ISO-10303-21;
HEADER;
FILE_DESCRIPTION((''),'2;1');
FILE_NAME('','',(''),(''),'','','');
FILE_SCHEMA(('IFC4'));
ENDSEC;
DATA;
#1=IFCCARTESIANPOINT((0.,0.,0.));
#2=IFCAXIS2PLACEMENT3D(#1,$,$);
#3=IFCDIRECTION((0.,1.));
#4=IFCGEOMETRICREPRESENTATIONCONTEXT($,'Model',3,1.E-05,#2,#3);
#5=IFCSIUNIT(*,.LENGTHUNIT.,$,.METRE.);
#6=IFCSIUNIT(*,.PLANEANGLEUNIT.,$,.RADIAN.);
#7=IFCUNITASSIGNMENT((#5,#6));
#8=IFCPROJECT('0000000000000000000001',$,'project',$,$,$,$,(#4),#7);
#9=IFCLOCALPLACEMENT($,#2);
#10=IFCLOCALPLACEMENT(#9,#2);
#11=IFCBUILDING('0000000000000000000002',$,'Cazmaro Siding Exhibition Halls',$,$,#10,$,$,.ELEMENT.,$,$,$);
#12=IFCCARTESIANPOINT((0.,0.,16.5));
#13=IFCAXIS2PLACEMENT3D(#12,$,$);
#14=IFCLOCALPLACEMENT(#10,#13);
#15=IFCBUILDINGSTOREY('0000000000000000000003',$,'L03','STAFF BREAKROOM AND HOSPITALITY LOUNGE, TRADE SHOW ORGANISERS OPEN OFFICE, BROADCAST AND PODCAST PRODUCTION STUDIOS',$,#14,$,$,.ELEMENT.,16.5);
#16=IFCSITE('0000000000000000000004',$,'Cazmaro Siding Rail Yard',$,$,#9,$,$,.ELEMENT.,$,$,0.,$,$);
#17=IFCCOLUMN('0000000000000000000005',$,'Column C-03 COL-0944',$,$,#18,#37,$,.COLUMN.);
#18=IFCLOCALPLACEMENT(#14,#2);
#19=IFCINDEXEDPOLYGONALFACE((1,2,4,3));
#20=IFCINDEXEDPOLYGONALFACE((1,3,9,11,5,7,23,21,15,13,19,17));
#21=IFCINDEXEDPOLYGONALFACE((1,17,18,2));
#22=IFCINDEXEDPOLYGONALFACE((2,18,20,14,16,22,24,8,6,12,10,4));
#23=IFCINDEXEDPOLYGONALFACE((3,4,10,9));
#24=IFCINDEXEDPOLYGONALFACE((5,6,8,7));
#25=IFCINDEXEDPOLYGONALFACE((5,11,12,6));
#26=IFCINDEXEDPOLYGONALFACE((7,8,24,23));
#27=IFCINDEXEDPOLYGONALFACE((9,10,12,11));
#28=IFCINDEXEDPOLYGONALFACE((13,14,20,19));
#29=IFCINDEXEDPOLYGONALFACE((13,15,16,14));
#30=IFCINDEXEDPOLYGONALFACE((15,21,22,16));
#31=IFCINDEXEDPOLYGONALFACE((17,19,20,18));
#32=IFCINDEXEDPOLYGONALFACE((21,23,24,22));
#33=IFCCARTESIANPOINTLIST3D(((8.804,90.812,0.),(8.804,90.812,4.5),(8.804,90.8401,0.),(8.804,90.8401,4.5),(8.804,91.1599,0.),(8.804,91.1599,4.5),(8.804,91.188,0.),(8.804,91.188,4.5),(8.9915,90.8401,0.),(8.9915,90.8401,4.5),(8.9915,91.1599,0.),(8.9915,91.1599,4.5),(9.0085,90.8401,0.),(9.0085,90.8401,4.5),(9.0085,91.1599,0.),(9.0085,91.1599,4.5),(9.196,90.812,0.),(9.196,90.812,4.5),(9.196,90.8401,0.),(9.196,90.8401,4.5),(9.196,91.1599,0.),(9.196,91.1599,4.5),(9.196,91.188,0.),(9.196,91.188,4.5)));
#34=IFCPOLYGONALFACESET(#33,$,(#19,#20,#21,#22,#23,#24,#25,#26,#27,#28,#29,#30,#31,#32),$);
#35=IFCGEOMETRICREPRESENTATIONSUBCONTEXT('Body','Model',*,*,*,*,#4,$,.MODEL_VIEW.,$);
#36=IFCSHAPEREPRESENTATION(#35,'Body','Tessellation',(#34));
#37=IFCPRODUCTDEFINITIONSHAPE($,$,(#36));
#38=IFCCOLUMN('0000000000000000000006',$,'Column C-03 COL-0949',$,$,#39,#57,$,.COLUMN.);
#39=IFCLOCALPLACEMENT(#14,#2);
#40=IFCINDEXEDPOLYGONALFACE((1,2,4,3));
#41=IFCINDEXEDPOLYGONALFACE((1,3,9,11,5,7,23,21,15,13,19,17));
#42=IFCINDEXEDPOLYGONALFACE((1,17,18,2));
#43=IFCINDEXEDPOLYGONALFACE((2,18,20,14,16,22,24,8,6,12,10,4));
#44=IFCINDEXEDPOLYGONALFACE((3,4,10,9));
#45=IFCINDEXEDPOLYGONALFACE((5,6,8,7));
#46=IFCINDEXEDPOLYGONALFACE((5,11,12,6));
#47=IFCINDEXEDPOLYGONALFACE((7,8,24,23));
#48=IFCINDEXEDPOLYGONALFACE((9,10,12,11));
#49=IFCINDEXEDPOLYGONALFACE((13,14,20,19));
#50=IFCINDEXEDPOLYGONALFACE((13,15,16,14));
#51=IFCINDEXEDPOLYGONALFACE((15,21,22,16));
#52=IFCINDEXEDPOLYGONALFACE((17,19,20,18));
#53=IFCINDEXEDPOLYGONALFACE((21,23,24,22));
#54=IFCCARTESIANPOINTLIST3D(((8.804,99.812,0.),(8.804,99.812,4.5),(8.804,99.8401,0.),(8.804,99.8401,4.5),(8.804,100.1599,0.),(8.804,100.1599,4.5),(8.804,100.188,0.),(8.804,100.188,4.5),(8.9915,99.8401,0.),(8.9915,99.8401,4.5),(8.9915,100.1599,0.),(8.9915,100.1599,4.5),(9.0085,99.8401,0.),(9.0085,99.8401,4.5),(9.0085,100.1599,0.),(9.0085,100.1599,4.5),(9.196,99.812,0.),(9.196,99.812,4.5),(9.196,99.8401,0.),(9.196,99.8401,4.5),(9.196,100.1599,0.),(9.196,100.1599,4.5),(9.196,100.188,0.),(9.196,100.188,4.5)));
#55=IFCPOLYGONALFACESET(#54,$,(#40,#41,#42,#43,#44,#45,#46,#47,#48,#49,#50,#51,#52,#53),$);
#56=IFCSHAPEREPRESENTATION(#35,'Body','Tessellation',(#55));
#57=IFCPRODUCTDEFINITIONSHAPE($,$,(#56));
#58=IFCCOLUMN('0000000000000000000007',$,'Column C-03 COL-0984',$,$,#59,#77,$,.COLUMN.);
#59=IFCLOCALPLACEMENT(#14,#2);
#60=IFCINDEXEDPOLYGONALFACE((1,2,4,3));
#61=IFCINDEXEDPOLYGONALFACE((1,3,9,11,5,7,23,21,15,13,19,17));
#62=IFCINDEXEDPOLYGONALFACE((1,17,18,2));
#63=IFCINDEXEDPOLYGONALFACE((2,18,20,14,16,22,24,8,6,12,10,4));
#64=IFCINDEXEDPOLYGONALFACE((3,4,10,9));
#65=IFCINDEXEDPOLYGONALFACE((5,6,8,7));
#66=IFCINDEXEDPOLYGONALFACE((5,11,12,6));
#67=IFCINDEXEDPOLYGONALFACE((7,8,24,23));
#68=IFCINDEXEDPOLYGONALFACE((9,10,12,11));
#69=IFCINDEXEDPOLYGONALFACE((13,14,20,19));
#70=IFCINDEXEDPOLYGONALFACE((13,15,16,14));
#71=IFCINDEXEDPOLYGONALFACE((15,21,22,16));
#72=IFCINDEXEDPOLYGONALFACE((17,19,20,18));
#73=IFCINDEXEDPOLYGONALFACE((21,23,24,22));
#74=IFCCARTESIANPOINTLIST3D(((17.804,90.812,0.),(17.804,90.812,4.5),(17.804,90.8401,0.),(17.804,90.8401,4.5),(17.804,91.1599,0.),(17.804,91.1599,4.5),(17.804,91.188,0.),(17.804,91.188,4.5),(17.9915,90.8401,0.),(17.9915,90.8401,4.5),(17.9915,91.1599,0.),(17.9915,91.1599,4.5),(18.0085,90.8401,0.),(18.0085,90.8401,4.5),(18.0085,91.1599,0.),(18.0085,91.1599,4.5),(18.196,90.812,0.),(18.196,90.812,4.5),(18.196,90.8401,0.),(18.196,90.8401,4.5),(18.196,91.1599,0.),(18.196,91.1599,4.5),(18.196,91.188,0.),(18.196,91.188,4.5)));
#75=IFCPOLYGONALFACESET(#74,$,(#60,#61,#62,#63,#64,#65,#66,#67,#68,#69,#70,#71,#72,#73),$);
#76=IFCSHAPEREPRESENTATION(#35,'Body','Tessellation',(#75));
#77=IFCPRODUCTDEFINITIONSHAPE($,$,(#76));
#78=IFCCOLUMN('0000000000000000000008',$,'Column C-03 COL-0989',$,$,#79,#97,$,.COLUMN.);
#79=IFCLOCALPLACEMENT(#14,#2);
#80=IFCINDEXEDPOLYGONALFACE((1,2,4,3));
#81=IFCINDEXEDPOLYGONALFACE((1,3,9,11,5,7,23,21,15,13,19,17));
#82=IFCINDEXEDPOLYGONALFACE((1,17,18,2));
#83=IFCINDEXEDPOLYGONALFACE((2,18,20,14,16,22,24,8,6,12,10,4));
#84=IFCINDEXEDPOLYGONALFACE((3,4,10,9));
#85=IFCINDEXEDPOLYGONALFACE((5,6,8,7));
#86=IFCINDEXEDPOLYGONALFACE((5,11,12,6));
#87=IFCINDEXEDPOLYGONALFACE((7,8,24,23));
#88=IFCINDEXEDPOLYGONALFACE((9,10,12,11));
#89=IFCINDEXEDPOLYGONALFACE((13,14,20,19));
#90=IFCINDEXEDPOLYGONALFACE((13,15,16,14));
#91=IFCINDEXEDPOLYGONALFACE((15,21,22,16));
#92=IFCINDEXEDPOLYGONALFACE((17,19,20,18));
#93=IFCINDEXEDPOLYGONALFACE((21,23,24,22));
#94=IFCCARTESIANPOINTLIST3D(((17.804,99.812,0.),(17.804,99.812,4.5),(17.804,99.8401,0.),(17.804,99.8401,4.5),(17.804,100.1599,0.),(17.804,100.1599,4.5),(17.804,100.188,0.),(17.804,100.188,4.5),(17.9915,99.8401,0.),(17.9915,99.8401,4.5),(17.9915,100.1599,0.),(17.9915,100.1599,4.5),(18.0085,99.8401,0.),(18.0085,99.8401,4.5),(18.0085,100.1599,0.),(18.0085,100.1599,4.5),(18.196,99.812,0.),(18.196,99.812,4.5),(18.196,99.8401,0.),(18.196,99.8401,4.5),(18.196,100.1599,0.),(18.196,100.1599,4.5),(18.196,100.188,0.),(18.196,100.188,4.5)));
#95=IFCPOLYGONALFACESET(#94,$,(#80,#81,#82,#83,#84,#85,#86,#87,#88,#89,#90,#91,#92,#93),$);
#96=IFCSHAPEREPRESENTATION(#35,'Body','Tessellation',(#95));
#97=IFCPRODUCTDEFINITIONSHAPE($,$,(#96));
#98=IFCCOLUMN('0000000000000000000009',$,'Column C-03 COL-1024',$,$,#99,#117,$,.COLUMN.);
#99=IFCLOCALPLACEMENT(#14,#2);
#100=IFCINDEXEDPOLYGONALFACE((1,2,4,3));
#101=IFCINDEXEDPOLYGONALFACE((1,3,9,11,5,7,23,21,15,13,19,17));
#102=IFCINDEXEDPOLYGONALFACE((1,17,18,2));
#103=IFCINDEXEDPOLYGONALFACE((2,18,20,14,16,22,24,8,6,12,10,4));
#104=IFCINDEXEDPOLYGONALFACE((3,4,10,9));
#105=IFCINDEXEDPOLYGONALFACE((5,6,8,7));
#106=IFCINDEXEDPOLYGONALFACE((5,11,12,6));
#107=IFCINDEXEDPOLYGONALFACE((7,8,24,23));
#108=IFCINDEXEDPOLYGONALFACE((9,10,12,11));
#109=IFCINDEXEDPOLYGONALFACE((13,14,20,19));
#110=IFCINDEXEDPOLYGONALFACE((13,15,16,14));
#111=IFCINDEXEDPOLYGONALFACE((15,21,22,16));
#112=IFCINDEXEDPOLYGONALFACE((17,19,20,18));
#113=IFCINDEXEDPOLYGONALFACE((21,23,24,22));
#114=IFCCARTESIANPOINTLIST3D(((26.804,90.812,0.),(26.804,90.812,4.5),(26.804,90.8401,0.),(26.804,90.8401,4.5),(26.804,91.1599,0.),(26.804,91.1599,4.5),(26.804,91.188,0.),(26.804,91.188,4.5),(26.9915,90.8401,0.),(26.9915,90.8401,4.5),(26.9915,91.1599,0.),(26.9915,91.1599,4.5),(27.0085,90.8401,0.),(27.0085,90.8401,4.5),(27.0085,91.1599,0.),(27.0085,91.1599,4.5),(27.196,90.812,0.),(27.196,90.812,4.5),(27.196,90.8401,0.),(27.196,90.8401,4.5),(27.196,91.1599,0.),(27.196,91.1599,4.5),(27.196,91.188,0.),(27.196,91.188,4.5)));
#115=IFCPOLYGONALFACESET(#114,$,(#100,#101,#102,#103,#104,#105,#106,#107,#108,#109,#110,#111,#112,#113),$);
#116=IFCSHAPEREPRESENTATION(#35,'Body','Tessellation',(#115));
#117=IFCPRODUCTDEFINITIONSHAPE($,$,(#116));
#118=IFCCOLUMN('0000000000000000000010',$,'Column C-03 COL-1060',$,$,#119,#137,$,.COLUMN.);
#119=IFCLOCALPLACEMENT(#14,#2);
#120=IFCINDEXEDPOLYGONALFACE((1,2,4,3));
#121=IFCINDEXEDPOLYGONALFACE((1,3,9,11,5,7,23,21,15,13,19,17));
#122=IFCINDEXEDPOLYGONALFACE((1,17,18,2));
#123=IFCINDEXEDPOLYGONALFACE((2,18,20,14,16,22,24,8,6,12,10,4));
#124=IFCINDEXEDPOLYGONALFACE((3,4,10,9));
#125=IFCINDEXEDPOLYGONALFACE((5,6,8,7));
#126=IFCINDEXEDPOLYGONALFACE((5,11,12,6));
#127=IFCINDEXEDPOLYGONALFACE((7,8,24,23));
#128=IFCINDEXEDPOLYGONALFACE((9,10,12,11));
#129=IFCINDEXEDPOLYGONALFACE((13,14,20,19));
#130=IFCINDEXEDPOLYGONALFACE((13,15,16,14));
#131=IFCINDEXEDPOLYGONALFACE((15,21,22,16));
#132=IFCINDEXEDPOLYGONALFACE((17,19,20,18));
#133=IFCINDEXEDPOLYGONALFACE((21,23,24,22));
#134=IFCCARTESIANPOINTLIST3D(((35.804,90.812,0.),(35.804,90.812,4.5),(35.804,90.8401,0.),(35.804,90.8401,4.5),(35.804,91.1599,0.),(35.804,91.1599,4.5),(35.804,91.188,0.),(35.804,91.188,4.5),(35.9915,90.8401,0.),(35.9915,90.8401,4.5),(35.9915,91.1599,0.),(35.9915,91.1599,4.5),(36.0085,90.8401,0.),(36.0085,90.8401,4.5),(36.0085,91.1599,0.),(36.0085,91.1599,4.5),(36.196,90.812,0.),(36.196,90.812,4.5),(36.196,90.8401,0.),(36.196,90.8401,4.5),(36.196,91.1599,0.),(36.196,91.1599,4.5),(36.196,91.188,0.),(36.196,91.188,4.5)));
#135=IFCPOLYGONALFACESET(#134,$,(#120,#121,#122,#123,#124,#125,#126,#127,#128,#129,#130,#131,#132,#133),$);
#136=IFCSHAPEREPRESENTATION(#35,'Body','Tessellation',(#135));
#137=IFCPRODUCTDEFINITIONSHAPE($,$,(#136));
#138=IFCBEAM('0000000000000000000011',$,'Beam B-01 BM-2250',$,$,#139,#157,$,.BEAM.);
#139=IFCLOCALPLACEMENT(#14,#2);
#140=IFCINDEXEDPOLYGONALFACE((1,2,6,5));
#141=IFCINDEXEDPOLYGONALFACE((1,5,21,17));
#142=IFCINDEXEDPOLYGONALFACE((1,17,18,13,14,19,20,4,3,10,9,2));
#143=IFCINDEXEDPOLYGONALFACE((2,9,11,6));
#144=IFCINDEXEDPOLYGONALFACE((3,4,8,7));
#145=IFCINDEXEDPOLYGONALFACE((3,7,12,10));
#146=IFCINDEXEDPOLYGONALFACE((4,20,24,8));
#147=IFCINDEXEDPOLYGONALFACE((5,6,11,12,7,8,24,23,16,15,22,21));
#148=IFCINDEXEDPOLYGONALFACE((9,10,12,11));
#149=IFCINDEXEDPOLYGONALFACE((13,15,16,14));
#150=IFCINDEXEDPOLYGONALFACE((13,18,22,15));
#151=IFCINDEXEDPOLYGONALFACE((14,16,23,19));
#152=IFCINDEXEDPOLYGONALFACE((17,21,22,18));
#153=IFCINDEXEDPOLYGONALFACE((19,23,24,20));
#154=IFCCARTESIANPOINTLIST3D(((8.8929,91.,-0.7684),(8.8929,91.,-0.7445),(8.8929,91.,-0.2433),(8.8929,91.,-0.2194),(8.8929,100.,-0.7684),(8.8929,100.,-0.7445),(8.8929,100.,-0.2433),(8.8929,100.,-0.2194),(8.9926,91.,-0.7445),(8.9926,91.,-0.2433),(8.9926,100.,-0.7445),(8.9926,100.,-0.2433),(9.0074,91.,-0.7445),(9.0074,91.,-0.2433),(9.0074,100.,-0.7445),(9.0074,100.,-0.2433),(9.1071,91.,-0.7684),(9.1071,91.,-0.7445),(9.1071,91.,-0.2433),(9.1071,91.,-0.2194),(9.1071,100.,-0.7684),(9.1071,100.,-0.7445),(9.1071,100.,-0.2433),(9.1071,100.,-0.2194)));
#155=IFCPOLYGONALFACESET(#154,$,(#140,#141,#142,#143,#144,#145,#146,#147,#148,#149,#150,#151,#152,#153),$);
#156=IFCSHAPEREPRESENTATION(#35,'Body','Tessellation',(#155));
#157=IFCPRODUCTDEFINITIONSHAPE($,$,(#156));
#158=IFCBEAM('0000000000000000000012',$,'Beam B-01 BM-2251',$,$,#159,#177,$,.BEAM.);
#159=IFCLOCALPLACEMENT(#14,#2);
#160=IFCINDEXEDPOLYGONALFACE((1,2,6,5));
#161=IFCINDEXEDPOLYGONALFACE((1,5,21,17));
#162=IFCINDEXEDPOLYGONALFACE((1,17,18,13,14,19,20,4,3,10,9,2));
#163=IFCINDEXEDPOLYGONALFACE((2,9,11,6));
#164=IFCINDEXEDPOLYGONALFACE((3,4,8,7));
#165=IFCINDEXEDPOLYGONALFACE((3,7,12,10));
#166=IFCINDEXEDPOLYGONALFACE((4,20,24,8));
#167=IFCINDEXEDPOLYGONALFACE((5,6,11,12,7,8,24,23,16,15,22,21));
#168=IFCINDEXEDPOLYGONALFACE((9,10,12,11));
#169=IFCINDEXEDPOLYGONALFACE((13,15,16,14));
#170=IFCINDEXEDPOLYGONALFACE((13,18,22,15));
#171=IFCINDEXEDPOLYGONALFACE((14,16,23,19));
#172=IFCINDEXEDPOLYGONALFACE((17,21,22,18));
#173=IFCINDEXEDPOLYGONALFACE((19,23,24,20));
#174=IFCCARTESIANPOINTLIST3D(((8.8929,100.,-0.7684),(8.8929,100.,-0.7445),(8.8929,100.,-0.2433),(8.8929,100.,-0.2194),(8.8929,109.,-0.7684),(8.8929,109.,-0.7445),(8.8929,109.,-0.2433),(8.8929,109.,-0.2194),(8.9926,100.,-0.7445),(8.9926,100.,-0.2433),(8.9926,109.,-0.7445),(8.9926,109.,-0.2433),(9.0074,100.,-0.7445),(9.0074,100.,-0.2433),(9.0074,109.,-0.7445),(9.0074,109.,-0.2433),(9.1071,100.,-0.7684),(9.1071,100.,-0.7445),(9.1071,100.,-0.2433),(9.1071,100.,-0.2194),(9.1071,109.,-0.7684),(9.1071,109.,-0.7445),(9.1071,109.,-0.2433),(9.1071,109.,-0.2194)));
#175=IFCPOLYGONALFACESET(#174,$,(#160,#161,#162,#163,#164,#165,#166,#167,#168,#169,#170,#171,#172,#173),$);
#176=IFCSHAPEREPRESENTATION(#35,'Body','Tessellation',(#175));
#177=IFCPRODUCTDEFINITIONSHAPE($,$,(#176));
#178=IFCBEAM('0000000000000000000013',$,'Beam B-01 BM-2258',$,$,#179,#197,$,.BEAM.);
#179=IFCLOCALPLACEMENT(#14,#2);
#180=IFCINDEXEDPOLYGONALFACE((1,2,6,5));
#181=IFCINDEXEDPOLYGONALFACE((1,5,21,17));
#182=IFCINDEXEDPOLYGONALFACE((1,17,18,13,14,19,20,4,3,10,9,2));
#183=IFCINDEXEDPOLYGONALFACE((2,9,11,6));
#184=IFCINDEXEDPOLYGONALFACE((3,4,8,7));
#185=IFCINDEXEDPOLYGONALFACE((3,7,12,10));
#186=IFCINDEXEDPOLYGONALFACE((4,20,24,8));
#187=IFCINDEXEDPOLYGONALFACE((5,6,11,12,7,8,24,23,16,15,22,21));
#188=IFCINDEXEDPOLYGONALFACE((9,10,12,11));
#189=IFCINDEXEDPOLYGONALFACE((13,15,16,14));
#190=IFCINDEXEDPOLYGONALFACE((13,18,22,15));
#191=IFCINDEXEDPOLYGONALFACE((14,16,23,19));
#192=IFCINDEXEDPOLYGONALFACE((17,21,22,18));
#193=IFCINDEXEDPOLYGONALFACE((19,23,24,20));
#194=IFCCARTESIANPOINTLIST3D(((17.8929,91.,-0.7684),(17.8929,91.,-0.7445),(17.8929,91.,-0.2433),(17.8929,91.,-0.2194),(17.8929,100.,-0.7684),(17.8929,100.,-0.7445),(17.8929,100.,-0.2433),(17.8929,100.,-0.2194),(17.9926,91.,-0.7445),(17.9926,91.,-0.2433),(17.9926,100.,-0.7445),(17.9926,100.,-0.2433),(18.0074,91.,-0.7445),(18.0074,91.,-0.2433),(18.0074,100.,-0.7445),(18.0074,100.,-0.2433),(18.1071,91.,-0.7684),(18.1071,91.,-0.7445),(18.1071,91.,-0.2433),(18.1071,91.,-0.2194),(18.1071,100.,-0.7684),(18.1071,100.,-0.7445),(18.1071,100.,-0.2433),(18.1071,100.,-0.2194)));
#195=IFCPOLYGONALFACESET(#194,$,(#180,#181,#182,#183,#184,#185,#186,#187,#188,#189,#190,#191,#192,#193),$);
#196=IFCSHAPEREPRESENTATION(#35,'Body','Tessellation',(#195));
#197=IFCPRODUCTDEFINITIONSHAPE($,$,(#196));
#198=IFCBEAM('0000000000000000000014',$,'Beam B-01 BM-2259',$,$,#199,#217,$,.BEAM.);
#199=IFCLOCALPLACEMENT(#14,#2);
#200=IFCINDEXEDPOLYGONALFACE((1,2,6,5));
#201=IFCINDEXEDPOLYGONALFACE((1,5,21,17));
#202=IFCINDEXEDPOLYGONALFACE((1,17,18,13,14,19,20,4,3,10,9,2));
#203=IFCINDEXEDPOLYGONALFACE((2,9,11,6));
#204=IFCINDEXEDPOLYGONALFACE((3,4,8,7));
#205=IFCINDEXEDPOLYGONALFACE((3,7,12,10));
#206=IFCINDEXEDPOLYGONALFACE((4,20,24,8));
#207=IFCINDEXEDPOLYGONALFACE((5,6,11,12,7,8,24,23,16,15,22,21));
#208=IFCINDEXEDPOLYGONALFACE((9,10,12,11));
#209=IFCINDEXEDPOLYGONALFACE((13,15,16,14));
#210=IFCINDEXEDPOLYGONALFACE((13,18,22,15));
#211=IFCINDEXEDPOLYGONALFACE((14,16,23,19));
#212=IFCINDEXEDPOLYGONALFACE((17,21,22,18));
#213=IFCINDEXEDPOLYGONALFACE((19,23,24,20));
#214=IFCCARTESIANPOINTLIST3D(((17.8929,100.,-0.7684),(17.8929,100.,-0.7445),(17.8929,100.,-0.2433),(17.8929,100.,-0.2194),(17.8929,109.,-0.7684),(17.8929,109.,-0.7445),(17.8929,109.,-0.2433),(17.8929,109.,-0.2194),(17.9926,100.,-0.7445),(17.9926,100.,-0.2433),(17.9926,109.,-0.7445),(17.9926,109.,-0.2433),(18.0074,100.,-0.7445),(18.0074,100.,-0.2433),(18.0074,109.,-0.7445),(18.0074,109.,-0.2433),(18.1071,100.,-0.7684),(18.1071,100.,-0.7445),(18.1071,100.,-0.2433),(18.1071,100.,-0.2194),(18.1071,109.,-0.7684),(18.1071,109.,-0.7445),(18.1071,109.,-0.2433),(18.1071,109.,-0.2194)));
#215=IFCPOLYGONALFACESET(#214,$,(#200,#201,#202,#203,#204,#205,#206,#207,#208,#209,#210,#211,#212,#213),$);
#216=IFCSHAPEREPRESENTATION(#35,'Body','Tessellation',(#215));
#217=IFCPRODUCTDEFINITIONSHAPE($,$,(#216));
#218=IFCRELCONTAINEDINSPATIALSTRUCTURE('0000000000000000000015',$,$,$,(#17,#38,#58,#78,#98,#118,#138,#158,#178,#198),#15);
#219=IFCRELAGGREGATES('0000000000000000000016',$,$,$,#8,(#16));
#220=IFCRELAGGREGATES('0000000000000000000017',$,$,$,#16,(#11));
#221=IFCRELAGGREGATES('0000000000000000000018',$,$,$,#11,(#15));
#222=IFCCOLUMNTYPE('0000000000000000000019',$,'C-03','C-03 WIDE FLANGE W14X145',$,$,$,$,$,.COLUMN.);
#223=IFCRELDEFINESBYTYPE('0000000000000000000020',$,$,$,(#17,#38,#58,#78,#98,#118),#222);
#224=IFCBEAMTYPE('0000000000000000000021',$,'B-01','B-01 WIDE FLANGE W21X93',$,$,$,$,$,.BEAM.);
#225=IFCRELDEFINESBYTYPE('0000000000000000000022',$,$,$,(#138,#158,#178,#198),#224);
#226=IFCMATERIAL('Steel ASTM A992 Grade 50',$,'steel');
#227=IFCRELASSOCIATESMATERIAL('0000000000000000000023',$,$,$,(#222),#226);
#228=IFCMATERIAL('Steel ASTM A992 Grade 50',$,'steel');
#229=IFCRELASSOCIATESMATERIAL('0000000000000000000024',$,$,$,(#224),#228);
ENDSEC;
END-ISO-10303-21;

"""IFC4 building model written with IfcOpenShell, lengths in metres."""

from ifc_helpers import new_model, si_unit, direction, frame, origin, origin_2d, place, context, subcontext, project, spatial, i_section, extrude, material, material_profile, profile_set, type_object, element, save


model = new_model("IFC4")

# Units and contexts
model_context = context("Model", 3, precision=1e-05, world=origin(), true_north=direction((0.0, 1.0)))
body_context = subcontext(model_context, "Body", "Model", "MODEL_VIEW")
ifc_project = project(units=[si_unit("LENGTHUNIT", "METRE"), si_unit("PLANEANGLEUNIT", "RADIAN")], contexts=[model_context])

# Site, building, storey
site_placement = place(None, origin())
site = spatial("IfcSite", under=ifc_project, at=site_placement, Name="Cazmaro Siding Rail Yard", CompositionType="ELEMENT", RefElevation=0.0)
building_placement = place(site_placement, origin())
building = spatial("IfcBuilding", under=site, at=building_placement, Name="Cazmaro Siding Exhibition Halls", CompositionType="ELEMENT")
storey_placement = place(building_placement, frame((0.0, 0.0, 16.5)))
storey = spatial("IfcBuildingStorey", under=building, at=storey_placement, Name="L03", Description="STAFF BREAKROOM AND HOSPITALITY LOUNGE, TRADE SHOW ORGANISERS OPEN OFFICE, BROADCAST AND PODCAST PRODUCTION STUDIOS", CompositionType="ELEMENT", Elevation=16.5)

# Columns
ifc_material_1 = material(Name="Steel ASTM A992 Grade 50", Category="steel")
ifc_material_profile_1 = material_profile(ifc_material_1, i_section(OverallWidth=0.3921, OverallDepth=0.376, WebThickness=0.0171, FlangeThickness=0.0281, at=origin_2d()), Name="W14X145")
ifc_profile_set_1 = profile_set([ifc_material_profile_1], Name="Steel ASTM A992 Grade 50")
column_type = type_object("IfcColumnType", Name="C-03", Description="C-03 WIDE FLANGE W14X145", PredefinedType="COLUMN", material=ifc_profile_set_1)
for number, where, z_axis, x_axis, name in (
    (1, (9.0, 91.0, 0.0), (0.0, 0.0, 1.0), (1.0, 0.0, 0.0), "Column C-03 COL-0944"),
    (2, (9.0, 100.0, 0.0), (0.0, 0.0, 1.0), (1.0, 0.0, 0.0), "Column C-03 COL-0949"),
    (3, (18.0, 91.0, 0.0), (0.0, 0.0, 1.0), (1.0, 0.0, 0.0), "Column C-03 COL-0984"),
    (4, (18.0, 100.0, 0.0), (0.0, 0.0, 1.0), (1.0, 0.0, 0.0), "Column C-03 COL-0989"),
    (5, (27.0, 91.0, 0.0), (0.0, 0.0, 1.0), (1.0, 0.0, 0.0), "Column C-03 COL-1024"),
    (6, (36.0, 91.0, 0.0), (0.0, 0.0, 1.0), (1.0, 0.0, 0.0), "Column C-03 COL-1060"),
):
    element("IfcColumn", number, at=place(storey_placement, frame(where, z_axis=z_axis, x_axis=x_axis)), inside=storey, type_object=column_type, Name=name, PredefinedType="COLUMN", context=body_context, shape_type="SweptSolid", body=[
        extrude(i_section(OverallWidth=0.3921, OverallDepth=0.376, WebThickness=0.0171, FlangeThickness=0.0281, at=origin_2d()), origin(), (0.0, 0.0, 1.0), 4.5),
    ])

# Beams
ifc_material_2 = material(Name="Steel ASTM A992 Grade 50", Category="steel")
ifc_material_profile_2 = material_profile(ifc_material_2, i_section(OverallWidth=0.2141, OverallDepth=0.5491, WebThickness=0.0149, FlangeThickness=0.0239, at=origin_2d()), Name="W21X93")
ifc_profile_set_2 = profile_set([ifc_material_profile_2], Name="Steel ASTM A992 Grade 50")
beam_type_1 = type_object("IfcBeamType", Name="B-01", Description="B-01 WIDE FLANGE W21X93", PredefinedType="BEAM", material=ifc_profile_set_2)
for number, where, z_axis, x_axis, name in (
    (7, (9.0, 91.0, -0.4939), (0.0, 1.0, 0.0), (-1.0, 0.0, 0.0), "Beam B-01 BM-2250"),
    (8, (9.0, 100.0, -0.4939), (0.0, 1.0, 0.0), (-1.0, 0.0, 0.0), "Beam B-01 BM-2251"),
    (9, (18.0, 91.0, -0.4939), (0.0, 1.0, 0.0), (-1.0, 0.0, 0.0), "Beam B-01 BM-2258"),
    (10, (18.0, 100.0, -0.4939), (0.0, 1.0, 0.0), (-1.0, 0.0, 0.0), "Beam B-01 BM-2259"),
):
    element("IfcBeam", number, at=place(storey_placement, frame(where, z_axis=z_axis, x_axis=x_axis)), inside=storey, type_object=beam_type_1, Name=name, PredefinedType="BEAM", context=body_context, shape_type="SweptSolid", body=[
        extrude(i_section(OverallWidth=0.2141, OverallDepth=0.5491, WebThickness=0.0149, FlangeThickness=0.0239, at=origin_2d()), origin(), (0.0, 0.0, 1.0), 9.0),
    ])

save(model, "model.ifc")
